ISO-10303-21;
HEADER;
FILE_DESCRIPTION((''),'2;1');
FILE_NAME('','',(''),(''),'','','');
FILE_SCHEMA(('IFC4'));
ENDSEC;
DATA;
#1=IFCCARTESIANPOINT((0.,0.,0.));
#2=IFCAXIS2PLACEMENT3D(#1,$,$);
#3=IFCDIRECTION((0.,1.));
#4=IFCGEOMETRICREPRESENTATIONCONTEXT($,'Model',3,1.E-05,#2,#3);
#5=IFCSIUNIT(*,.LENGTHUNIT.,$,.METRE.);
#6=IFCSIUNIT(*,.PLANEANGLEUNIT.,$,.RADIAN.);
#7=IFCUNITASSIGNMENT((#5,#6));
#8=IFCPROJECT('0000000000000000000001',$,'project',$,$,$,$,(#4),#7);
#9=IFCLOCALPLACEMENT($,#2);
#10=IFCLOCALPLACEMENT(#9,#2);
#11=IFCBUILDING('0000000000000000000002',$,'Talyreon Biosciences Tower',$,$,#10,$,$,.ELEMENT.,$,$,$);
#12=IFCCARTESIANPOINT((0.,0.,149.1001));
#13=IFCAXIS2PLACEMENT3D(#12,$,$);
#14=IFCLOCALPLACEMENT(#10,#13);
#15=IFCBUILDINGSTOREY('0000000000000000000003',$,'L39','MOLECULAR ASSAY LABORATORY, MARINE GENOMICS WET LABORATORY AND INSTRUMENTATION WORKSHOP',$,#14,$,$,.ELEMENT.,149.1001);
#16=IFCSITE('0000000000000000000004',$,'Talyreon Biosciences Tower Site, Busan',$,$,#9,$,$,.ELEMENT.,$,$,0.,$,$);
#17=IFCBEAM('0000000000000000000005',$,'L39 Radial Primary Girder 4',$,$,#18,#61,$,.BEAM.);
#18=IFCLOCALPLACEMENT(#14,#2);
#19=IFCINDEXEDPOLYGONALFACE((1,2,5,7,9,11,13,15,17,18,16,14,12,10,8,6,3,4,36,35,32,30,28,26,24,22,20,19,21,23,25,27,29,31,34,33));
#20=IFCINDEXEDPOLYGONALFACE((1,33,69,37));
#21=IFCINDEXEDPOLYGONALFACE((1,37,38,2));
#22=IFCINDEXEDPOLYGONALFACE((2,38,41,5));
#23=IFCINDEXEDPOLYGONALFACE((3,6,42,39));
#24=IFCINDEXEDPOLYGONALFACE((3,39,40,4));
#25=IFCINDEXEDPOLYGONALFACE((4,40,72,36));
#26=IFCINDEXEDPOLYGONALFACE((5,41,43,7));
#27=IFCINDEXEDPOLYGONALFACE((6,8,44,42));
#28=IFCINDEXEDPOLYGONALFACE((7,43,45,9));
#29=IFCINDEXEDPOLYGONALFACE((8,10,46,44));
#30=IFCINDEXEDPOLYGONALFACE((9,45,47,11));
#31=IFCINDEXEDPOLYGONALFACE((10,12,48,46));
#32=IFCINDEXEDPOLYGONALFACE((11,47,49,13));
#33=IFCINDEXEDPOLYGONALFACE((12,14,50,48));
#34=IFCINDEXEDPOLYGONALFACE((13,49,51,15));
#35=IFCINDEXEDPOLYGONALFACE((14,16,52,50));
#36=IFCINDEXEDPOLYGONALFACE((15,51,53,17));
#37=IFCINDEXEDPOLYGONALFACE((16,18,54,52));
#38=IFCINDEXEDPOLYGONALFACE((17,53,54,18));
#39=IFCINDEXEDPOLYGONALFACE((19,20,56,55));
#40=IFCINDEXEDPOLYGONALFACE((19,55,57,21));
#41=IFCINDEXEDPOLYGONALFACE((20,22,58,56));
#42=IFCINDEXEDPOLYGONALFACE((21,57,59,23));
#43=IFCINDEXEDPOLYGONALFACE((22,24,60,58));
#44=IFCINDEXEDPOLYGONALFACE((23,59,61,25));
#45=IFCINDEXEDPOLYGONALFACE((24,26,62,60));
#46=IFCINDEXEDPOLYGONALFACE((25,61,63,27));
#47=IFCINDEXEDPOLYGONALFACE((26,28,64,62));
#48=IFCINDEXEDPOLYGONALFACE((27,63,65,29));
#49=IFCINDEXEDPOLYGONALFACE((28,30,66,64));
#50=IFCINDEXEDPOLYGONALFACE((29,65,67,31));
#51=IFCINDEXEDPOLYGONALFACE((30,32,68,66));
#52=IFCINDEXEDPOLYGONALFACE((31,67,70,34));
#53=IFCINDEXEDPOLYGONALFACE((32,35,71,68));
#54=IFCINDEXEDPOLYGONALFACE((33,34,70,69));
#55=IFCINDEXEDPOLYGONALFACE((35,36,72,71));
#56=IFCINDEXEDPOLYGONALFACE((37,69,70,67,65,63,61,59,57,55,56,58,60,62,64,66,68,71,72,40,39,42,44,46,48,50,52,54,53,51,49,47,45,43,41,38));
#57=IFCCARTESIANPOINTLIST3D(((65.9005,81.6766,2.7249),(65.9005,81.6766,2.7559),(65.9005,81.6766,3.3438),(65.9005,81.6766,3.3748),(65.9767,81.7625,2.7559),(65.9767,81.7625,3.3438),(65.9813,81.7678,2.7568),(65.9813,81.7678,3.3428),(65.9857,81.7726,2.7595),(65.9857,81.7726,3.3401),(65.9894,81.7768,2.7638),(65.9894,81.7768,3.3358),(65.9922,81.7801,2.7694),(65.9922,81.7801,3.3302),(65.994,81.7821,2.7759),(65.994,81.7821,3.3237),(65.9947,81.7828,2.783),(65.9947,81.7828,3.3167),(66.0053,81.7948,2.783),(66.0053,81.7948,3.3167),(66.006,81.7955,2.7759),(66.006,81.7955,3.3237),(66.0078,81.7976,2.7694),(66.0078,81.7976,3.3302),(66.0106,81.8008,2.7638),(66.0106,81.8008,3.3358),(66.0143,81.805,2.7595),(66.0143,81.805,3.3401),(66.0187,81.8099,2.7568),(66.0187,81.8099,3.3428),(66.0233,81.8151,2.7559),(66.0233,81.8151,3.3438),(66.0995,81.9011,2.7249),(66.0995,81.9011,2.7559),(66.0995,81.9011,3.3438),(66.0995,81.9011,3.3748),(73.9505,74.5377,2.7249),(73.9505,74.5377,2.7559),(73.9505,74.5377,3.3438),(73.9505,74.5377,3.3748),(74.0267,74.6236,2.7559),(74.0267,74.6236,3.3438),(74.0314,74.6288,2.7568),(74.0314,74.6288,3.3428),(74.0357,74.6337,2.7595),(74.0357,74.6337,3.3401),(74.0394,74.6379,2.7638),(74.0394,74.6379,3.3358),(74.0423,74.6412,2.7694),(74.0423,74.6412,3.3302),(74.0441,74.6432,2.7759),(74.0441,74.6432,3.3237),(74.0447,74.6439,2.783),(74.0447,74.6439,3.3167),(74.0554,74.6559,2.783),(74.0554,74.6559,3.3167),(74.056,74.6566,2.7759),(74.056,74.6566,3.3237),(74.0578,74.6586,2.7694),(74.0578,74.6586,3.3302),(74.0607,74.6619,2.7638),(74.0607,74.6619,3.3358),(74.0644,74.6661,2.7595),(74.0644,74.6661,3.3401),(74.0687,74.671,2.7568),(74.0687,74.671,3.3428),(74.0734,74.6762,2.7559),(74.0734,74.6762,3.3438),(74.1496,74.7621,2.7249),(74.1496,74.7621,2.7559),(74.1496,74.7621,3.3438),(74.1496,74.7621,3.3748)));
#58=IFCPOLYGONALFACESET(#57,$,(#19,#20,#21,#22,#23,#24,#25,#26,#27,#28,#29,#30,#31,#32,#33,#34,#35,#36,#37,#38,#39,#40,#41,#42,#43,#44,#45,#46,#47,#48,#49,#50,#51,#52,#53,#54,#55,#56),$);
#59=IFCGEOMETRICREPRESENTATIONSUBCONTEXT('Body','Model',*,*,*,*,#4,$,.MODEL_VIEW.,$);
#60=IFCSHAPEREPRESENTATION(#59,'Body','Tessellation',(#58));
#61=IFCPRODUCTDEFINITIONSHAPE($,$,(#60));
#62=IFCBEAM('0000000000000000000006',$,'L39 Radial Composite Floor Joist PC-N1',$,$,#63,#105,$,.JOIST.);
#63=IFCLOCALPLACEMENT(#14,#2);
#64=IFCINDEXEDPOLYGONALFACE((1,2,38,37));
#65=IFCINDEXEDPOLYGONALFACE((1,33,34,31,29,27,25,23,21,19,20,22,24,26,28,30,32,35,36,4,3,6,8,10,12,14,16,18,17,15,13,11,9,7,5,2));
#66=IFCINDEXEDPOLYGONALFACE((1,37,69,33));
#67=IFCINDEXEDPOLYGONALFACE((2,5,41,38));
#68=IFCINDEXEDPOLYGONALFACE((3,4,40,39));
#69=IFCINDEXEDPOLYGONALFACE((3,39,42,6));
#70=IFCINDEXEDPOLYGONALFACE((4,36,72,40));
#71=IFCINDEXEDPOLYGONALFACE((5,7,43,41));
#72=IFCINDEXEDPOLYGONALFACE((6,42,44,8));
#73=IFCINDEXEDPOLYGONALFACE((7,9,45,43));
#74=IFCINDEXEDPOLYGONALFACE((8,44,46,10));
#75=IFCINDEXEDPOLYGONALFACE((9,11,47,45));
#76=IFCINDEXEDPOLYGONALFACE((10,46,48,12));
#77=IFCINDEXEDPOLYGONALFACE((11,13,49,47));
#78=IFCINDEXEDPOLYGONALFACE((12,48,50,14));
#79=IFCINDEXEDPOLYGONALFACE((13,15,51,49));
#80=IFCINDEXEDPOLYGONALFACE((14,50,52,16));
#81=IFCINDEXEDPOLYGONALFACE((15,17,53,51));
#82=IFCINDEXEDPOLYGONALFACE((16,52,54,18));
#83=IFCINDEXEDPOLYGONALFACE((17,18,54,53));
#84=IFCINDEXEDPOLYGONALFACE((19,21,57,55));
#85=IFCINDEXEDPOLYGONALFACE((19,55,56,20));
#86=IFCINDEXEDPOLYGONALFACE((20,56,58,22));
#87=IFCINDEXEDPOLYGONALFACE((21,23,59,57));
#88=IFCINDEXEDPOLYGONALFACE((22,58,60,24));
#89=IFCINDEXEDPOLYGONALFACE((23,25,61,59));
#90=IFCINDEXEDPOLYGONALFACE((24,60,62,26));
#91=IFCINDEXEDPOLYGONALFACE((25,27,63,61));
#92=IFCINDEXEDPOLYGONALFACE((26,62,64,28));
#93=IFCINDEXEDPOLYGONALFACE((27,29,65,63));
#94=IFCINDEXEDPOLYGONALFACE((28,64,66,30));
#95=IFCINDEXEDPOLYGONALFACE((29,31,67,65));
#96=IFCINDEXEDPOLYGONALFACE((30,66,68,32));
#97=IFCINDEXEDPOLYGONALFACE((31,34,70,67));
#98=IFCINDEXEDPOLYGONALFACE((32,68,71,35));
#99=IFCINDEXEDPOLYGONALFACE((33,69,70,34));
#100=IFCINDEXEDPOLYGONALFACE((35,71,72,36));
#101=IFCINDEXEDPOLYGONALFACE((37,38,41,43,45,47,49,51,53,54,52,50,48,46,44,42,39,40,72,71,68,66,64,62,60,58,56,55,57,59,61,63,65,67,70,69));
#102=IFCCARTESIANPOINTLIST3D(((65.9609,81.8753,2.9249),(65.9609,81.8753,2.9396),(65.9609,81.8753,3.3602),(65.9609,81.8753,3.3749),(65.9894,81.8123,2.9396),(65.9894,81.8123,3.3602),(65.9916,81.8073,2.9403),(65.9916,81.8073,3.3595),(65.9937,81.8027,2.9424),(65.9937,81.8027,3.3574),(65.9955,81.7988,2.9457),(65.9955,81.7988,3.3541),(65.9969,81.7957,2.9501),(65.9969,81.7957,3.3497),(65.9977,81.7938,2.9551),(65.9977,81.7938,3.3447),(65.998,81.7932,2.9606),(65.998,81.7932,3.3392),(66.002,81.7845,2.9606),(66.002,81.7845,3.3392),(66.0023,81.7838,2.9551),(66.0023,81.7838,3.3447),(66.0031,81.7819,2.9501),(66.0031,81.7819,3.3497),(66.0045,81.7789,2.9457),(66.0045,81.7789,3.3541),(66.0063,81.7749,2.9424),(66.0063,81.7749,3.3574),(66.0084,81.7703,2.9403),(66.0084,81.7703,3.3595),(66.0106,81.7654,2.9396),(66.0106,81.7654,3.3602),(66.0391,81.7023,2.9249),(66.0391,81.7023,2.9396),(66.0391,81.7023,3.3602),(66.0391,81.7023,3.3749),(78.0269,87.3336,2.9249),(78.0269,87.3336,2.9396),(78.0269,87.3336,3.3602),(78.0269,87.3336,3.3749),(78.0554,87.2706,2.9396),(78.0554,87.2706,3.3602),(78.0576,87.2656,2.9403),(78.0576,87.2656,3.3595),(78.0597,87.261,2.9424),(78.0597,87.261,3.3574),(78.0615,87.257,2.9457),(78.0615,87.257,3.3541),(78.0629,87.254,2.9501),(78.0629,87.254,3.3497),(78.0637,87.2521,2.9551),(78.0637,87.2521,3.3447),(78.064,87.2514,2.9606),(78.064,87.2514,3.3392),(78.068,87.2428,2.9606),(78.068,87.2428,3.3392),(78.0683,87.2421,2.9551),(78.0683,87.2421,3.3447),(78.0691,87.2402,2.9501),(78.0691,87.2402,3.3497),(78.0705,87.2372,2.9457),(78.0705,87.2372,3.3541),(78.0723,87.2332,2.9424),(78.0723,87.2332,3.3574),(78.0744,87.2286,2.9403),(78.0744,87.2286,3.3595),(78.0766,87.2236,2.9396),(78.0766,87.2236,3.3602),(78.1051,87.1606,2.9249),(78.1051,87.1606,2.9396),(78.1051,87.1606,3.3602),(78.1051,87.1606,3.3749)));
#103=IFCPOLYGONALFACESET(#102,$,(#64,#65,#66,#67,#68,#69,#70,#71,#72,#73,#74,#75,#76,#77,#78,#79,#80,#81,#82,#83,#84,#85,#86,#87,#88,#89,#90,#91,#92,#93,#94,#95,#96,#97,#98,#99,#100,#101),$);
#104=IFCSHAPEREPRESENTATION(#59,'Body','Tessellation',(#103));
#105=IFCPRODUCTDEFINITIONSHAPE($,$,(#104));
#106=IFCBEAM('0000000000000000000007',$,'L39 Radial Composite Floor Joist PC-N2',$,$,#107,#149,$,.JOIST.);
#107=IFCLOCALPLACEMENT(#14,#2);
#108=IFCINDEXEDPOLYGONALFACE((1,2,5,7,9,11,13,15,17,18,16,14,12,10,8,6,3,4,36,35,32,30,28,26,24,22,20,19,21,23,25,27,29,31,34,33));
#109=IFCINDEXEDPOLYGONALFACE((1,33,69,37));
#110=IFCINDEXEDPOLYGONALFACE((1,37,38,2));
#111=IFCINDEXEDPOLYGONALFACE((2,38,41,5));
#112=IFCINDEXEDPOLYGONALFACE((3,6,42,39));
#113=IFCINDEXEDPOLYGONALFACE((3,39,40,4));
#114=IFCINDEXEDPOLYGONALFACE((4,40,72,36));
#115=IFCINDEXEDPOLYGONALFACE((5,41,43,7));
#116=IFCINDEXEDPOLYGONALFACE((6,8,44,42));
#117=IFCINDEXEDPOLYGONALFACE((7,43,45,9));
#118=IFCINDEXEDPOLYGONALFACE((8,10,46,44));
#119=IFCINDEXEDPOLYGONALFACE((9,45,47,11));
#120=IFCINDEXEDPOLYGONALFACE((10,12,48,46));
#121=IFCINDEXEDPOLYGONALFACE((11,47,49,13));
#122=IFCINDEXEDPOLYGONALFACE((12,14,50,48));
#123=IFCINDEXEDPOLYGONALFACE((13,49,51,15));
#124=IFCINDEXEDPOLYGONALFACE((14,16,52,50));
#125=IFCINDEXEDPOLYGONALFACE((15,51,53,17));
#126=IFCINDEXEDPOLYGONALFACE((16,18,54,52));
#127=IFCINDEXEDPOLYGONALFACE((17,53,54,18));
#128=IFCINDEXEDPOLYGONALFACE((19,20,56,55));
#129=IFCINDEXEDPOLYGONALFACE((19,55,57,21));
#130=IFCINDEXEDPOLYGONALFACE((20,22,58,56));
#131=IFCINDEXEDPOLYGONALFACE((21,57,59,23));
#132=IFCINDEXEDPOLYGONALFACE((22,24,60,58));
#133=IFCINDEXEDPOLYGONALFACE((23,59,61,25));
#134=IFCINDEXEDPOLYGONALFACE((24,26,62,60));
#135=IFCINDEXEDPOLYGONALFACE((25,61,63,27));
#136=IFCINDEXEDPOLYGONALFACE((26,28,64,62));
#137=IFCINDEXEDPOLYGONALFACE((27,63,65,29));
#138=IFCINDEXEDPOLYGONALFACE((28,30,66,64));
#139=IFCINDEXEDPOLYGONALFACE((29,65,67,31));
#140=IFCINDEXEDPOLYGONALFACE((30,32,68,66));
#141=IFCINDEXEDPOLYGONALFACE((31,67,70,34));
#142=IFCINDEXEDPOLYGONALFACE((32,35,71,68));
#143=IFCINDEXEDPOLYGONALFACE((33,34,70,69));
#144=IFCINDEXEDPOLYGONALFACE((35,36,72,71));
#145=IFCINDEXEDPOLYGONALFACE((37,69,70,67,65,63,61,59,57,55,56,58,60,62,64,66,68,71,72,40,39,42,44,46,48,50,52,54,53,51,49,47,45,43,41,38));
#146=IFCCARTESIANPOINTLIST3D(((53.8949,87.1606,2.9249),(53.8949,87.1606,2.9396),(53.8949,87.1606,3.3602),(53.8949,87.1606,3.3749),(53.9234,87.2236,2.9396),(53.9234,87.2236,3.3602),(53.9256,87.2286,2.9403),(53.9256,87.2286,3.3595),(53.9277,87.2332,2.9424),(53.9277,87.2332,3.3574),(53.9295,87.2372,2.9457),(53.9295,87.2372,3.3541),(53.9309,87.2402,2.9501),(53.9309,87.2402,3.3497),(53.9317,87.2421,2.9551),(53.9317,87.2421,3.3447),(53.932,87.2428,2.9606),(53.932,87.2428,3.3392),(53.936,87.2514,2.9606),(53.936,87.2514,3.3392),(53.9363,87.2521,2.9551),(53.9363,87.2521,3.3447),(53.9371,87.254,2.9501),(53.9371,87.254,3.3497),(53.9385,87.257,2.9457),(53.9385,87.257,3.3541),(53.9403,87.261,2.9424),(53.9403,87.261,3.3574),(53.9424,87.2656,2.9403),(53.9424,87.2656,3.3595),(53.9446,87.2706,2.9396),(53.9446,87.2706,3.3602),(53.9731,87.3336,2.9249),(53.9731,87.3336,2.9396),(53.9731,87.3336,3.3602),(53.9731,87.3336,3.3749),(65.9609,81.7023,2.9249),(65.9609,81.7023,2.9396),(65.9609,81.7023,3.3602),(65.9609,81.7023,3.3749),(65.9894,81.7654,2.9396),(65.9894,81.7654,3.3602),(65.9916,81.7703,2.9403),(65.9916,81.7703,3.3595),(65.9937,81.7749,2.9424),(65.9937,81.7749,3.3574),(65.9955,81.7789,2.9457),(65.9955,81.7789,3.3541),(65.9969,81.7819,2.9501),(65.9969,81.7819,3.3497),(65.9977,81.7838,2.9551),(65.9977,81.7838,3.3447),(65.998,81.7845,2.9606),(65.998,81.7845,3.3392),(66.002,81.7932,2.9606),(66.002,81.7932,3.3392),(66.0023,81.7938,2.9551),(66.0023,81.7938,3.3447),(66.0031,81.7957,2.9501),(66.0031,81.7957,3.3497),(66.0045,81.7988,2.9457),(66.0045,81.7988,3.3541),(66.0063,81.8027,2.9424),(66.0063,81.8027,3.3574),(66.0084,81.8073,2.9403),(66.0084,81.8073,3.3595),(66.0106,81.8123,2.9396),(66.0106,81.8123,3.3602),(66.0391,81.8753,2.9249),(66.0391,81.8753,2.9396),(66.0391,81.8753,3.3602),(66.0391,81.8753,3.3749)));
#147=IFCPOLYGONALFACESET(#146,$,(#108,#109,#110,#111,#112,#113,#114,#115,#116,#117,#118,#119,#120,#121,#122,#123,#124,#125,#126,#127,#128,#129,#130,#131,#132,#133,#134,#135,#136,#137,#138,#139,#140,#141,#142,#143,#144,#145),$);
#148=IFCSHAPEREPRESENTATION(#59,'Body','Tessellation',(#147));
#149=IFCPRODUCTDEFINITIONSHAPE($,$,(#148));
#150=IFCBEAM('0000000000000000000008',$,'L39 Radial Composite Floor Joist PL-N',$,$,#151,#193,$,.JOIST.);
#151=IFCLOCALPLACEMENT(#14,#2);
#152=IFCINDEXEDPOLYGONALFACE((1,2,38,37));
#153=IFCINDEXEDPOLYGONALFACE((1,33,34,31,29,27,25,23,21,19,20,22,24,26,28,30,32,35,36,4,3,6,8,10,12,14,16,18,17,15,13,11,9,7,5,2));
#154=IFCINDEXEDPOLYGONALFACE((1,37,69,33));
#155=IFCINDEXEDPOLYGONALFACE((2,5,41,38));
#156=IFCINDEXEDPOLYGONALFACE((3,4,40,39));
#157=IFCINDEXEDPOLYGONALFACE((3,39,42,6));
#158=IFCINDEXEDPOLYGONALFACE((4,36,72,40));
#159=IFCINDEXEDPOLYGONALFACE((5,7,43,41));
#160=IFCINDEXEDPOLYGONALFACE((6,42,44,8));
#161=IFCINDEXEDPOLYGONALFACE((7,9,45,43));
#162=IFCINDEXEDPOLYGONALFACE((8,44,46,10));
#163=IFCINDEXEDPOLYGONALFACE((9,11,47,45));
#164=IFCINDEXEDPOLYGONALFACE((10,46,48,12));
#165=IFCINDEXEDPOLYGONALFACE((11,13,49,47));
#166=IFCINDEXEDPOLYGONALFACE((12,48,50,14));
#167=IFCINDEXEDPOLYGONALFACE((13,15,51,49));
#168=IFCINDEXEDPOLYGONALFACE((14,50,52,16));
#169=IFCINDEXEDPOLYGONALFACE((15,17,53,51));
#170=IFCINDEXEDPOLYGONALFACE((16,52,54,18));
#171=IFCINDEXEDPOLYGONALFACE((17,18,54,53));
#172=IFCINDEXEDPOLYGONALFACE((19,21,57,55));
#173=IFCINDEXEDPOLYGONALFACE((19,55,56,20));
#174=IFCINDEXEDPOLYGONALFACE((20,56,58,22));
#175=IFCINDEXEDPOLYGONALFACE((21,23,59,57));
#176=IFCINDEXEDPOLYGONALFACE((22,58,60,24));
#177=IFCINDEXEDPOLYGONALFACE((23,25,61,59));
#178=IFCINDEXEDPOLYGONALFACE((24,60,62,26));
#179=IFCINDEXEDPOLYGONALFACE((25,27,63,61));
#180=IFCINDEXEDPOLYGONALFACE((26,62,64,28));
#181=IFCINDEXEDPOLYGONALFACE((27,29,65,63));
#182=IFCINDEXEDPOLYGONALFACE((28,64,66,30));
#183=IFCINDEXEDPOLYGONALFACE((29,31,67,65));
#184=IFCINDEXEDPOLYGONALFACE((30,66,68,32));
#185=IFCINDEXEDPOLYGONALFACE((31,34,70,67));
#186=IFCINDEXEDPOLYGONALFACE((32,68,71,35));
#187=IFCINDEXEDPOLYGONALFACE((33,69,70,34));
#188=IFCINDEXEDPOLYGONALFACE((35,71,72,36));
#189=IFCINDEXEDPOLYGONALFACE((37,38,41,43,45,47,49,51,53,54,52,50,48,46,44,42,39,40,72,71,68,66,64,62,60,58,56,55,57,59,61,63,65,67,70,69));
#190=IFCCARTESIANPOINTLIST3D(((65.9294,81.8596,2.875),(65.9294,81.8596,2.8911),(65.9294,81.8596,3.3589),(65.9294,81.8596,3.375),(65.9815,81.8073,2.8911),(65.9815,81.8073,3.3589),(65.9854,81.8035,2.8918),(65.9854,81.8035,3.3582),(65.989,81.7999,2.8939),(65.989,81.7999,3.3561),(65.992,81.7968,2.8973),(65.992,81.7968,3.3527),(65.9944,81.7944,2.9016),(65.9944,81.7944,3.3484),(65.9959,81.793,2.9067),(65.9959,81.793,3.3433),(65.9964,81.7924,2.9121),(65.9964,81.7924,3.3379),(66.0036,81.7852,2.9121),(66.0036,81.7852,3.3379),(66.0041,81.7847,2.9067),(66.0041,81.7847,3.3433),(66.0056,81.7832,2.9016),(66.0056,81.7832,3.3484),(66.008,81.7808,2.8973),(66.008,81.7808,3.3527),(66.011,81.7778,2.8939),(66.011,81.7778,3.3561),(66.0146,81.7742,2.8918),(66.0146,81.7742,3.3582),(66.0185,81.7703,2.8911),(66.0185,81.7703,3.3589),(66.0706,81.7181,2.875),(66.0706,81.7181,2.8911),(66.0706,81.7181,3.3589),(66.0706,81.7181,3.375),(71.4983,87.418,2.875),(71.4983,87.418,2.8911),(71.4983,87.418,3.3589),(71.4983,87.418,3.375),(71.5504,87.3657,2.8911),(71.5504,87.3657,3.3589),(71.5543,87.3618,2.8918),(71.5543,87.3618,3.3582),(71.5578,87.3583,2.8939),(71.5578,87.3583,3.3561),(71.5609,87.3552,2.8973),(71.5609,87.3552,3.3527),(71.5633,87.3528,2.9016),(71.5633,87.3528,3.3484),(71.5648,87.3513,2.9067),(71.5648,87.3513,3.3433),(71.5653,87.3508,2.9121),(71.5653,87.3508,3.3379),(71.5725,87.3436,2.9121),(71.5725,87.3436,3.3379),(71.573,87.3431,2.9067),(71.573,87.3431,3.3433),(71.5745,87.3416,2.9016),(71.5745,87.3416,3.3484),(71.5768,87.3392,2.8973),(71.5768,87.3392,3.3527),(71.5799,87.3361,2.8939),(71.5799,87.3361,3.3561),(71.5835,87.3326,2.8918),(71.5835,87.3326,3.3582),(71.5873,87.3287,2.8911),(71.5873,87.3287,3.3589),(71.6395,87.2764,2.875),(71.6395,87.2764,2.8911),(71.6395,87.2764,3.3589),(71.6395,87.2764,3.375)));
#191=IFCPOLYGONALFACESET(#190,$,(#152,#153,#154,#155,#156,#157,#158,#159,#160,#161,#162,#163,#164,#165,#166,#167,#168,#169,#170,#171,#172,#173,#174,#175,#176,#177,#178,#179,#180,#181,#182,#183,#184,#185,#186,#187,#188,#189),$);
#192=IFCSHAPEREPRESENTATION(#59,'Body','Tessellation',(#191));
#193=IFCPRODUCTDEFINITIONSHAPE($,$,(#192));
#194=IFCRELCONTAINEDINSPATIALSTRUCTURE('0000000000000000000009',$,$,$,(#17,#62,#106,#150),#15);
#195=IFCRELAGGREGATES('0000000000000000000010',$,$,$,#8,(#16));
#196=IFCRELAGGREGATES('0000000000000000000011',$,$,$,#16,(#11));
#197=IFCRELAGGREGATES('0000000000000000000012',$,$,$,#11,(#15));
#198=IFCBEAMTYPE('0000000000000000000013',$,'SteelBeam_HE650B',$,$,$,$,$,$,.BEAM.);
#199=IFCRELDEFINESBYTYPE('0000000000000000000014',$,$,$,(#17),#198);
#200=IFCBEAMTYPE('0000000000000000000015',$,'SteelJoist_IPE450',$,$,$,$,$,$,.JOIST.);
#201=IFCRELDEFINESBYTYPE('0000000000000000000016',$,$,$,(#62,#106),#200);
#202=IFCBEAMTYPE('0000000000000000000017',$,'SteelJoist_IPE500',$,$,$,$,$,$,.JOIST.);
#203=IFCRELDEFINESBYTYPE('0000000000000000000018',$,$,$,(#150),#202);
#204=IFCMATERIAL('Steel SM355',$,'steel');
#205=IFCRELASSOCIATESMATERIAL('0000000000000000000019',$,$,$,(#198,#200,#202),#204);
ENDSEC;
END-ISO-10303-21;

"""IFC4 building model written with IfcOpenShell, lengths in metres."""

from ifc_helpers import new_model, si_unit, direction, frame, origin, origin_2d, place, context, subcontext, project, spatial, i_section, extrude, material, material_profile, profile_set, type_object, element, save


model = new_model("IFC4")

# Units and contexts
model_context = context("Model", 3, precision=1e-05, world=origin(), true_north=direction((0.0, 1.0)))
body_context = subcontext(model_context, "Body", "Model", "MODEL_VIEW")
ifc_project = project(units=[si_unit("LENGTHUNIT", "METRE"), si_unit("PLANEANGLEUNIT", "RADIAN")], contexts=[model_context])

# Site, building, storey
site_placement = place(None, origin())
site = spatial("IfcSite", under=ifc_project, at=site_placement, Name="Talyreon Biosciences Tower Site, Busan", CompositionType="ELEMENT", RefElevation=0.0)
building_placement = place(site_placement, origin())
building = spatial("IfcBuilding", under=site, at=building_placement, Name="Talyreon Biosciences Tower", CompositionType="ELEMENT")
storey_placement = place(building_placement, frame((0.0, 0.0, 149.1001)))
storey = spatial("IfcBuildingStorey", under=building, at=storey_placement, Name="L39", Description="MOLECULAR ASSAY LABORATORY, MARINE GENOMICS WET LABORATORY AND INSTRUMENTATION WORKSHOP", CompositionType="ELEMENT", Elevation=149.1001)

# Beams
ifc_material_1 = material(Name="Steel SM355", Category="steel")
ifc_material_profile_1 = material_profile(ifc_material_1, i_section(OverallWidth=0.3, OverallDepth=0.6499, WebThickness=0.0161, FlangeThickness=0.031, FilletRadius=0.0271, at=origin_2d()), Name="HE650B")
ifc_profile_set_1 = profile_set([ifc_material_profile_1], Name="Steel SM355")
beam_type_1 = type_object("IfcBeamType", Name="SteelBeam_HE650B", PredefinedType="BEAM", material=ifc_profile_set_1)
beam_1_placement = place(storey_placement, frame((74.05, 74.6499, 3.0498), z_axis=(-0.748179, 0.663497, 0.0), x_axis=(-0.663497, -0.748179, 0.0)))
element("IfcBeam", 1, at=beam_1_placement, inside=storey, type_object=beam_type_1, Name="L39 Radial Primary Girder 4", PredefinedType="BEAM", context=body_context, shape_type="SweptSolid", body=[
    extrude(i_section(OverallWidth=0.3, OverallDepth=0.6499, WebThickness=0.0161, FlangeThickness=0.031, FilletRadius=0.0271, at=origin_2d()), origin(), (0.0, 0.0, 1.0), 10.7595),
])
ifc_material_profile_2 = material_profile(ifc_material_1, i_section(OverallWidth=0.1899, OverallDepth=0.45, WebThickness=0.0095, FlangeThickness=0.0146, FilletRadius=0.021, at=origin_2d()), Name="IPE450")
ifc_profile_set_2 = profile_set([ifc_material_profile_2], Name="Steel SM355")
beam_type_2 = type_object("IfcBeamType", Name="SteelJoist_IPE450", PredefinedType="JOIST", material=ifc_profile_set_2)
for number, where, z_axis, x_axis, name in (
    (2, (66.0, 81.7888, 3.1499), (0.911112, 0.412159, 0.0), (-0.412159, 0.911112, 0.0), "L39 Radial Composite Floor Joist PC-N1"),
    (3, (66.0, 81.7888, 3.1499), (-0.911112, 0.412159, 0.0), (-0.412159, -0.911112, 0.0), "L39 Radial Composite Floor Joist PC-N2"),
):
    element("IfcBeam", number, at=place(storey_placement, frame(where, z_axis=z_axis, x_axis=x_axis)), inside=storey, type_object=beam_type_2, Name=name, PredefinedType="JOIST", context=body_context, shape_type="SweptSolid", body=[
        extrude(i_section(OverallWidth=0.1899, OverallDepth=0.45, WebThickness=0.0095, FlangeThickness=0.0146, FilletRadius=0.021, at=origin_2d()), origin(), (0.0, 0.0, 1.0), 13.2432),
    ])
ifc_material_profile_3 = material_profile(ifc_material_1, i_section(OverallWidth=0.2, OverallDepth=0.5, WebThickness=0.0103, FlangeThickness=0.0161, FilletRadius=0.021, at=origin_2d()), Name="IPE500")
ifc_profile_set_3 = profile_set([ifc_material_profile_3], Name="Steel SM355")
beam_type_3 = type_object("IfcBeamType", Name="SteelJoist_IPE500", PredefinedType="JOIST", material=ifc_profile_set_3)
beam_2_placement = place(storey_placement, frame((66.0, 81.7888, 3.125), z_axis=(0.707774, 0.706439, 0.0), x_axis=(-0.706439, 0.707774, 0.0)))
element("IfcBeam", 4, at=beam_2_placement, inside=storey, type_object=beam_type_3, Name="L39 Radial Composite Floor Joist PL-N", PredefinedType="JOIST", context=body_context, shape_type="SweptSolid", body=[
    extrude(i_section(OverallWidth=0.2, OverallDepth=0.5, WebThickness=0.0103, FlangeThickness=0.0161, FilletRadius=0.021, at=origin_2d()), origin(), (0.0, 0.0, 1.0), 7.8682),
])

save(model, "model.ifc")
